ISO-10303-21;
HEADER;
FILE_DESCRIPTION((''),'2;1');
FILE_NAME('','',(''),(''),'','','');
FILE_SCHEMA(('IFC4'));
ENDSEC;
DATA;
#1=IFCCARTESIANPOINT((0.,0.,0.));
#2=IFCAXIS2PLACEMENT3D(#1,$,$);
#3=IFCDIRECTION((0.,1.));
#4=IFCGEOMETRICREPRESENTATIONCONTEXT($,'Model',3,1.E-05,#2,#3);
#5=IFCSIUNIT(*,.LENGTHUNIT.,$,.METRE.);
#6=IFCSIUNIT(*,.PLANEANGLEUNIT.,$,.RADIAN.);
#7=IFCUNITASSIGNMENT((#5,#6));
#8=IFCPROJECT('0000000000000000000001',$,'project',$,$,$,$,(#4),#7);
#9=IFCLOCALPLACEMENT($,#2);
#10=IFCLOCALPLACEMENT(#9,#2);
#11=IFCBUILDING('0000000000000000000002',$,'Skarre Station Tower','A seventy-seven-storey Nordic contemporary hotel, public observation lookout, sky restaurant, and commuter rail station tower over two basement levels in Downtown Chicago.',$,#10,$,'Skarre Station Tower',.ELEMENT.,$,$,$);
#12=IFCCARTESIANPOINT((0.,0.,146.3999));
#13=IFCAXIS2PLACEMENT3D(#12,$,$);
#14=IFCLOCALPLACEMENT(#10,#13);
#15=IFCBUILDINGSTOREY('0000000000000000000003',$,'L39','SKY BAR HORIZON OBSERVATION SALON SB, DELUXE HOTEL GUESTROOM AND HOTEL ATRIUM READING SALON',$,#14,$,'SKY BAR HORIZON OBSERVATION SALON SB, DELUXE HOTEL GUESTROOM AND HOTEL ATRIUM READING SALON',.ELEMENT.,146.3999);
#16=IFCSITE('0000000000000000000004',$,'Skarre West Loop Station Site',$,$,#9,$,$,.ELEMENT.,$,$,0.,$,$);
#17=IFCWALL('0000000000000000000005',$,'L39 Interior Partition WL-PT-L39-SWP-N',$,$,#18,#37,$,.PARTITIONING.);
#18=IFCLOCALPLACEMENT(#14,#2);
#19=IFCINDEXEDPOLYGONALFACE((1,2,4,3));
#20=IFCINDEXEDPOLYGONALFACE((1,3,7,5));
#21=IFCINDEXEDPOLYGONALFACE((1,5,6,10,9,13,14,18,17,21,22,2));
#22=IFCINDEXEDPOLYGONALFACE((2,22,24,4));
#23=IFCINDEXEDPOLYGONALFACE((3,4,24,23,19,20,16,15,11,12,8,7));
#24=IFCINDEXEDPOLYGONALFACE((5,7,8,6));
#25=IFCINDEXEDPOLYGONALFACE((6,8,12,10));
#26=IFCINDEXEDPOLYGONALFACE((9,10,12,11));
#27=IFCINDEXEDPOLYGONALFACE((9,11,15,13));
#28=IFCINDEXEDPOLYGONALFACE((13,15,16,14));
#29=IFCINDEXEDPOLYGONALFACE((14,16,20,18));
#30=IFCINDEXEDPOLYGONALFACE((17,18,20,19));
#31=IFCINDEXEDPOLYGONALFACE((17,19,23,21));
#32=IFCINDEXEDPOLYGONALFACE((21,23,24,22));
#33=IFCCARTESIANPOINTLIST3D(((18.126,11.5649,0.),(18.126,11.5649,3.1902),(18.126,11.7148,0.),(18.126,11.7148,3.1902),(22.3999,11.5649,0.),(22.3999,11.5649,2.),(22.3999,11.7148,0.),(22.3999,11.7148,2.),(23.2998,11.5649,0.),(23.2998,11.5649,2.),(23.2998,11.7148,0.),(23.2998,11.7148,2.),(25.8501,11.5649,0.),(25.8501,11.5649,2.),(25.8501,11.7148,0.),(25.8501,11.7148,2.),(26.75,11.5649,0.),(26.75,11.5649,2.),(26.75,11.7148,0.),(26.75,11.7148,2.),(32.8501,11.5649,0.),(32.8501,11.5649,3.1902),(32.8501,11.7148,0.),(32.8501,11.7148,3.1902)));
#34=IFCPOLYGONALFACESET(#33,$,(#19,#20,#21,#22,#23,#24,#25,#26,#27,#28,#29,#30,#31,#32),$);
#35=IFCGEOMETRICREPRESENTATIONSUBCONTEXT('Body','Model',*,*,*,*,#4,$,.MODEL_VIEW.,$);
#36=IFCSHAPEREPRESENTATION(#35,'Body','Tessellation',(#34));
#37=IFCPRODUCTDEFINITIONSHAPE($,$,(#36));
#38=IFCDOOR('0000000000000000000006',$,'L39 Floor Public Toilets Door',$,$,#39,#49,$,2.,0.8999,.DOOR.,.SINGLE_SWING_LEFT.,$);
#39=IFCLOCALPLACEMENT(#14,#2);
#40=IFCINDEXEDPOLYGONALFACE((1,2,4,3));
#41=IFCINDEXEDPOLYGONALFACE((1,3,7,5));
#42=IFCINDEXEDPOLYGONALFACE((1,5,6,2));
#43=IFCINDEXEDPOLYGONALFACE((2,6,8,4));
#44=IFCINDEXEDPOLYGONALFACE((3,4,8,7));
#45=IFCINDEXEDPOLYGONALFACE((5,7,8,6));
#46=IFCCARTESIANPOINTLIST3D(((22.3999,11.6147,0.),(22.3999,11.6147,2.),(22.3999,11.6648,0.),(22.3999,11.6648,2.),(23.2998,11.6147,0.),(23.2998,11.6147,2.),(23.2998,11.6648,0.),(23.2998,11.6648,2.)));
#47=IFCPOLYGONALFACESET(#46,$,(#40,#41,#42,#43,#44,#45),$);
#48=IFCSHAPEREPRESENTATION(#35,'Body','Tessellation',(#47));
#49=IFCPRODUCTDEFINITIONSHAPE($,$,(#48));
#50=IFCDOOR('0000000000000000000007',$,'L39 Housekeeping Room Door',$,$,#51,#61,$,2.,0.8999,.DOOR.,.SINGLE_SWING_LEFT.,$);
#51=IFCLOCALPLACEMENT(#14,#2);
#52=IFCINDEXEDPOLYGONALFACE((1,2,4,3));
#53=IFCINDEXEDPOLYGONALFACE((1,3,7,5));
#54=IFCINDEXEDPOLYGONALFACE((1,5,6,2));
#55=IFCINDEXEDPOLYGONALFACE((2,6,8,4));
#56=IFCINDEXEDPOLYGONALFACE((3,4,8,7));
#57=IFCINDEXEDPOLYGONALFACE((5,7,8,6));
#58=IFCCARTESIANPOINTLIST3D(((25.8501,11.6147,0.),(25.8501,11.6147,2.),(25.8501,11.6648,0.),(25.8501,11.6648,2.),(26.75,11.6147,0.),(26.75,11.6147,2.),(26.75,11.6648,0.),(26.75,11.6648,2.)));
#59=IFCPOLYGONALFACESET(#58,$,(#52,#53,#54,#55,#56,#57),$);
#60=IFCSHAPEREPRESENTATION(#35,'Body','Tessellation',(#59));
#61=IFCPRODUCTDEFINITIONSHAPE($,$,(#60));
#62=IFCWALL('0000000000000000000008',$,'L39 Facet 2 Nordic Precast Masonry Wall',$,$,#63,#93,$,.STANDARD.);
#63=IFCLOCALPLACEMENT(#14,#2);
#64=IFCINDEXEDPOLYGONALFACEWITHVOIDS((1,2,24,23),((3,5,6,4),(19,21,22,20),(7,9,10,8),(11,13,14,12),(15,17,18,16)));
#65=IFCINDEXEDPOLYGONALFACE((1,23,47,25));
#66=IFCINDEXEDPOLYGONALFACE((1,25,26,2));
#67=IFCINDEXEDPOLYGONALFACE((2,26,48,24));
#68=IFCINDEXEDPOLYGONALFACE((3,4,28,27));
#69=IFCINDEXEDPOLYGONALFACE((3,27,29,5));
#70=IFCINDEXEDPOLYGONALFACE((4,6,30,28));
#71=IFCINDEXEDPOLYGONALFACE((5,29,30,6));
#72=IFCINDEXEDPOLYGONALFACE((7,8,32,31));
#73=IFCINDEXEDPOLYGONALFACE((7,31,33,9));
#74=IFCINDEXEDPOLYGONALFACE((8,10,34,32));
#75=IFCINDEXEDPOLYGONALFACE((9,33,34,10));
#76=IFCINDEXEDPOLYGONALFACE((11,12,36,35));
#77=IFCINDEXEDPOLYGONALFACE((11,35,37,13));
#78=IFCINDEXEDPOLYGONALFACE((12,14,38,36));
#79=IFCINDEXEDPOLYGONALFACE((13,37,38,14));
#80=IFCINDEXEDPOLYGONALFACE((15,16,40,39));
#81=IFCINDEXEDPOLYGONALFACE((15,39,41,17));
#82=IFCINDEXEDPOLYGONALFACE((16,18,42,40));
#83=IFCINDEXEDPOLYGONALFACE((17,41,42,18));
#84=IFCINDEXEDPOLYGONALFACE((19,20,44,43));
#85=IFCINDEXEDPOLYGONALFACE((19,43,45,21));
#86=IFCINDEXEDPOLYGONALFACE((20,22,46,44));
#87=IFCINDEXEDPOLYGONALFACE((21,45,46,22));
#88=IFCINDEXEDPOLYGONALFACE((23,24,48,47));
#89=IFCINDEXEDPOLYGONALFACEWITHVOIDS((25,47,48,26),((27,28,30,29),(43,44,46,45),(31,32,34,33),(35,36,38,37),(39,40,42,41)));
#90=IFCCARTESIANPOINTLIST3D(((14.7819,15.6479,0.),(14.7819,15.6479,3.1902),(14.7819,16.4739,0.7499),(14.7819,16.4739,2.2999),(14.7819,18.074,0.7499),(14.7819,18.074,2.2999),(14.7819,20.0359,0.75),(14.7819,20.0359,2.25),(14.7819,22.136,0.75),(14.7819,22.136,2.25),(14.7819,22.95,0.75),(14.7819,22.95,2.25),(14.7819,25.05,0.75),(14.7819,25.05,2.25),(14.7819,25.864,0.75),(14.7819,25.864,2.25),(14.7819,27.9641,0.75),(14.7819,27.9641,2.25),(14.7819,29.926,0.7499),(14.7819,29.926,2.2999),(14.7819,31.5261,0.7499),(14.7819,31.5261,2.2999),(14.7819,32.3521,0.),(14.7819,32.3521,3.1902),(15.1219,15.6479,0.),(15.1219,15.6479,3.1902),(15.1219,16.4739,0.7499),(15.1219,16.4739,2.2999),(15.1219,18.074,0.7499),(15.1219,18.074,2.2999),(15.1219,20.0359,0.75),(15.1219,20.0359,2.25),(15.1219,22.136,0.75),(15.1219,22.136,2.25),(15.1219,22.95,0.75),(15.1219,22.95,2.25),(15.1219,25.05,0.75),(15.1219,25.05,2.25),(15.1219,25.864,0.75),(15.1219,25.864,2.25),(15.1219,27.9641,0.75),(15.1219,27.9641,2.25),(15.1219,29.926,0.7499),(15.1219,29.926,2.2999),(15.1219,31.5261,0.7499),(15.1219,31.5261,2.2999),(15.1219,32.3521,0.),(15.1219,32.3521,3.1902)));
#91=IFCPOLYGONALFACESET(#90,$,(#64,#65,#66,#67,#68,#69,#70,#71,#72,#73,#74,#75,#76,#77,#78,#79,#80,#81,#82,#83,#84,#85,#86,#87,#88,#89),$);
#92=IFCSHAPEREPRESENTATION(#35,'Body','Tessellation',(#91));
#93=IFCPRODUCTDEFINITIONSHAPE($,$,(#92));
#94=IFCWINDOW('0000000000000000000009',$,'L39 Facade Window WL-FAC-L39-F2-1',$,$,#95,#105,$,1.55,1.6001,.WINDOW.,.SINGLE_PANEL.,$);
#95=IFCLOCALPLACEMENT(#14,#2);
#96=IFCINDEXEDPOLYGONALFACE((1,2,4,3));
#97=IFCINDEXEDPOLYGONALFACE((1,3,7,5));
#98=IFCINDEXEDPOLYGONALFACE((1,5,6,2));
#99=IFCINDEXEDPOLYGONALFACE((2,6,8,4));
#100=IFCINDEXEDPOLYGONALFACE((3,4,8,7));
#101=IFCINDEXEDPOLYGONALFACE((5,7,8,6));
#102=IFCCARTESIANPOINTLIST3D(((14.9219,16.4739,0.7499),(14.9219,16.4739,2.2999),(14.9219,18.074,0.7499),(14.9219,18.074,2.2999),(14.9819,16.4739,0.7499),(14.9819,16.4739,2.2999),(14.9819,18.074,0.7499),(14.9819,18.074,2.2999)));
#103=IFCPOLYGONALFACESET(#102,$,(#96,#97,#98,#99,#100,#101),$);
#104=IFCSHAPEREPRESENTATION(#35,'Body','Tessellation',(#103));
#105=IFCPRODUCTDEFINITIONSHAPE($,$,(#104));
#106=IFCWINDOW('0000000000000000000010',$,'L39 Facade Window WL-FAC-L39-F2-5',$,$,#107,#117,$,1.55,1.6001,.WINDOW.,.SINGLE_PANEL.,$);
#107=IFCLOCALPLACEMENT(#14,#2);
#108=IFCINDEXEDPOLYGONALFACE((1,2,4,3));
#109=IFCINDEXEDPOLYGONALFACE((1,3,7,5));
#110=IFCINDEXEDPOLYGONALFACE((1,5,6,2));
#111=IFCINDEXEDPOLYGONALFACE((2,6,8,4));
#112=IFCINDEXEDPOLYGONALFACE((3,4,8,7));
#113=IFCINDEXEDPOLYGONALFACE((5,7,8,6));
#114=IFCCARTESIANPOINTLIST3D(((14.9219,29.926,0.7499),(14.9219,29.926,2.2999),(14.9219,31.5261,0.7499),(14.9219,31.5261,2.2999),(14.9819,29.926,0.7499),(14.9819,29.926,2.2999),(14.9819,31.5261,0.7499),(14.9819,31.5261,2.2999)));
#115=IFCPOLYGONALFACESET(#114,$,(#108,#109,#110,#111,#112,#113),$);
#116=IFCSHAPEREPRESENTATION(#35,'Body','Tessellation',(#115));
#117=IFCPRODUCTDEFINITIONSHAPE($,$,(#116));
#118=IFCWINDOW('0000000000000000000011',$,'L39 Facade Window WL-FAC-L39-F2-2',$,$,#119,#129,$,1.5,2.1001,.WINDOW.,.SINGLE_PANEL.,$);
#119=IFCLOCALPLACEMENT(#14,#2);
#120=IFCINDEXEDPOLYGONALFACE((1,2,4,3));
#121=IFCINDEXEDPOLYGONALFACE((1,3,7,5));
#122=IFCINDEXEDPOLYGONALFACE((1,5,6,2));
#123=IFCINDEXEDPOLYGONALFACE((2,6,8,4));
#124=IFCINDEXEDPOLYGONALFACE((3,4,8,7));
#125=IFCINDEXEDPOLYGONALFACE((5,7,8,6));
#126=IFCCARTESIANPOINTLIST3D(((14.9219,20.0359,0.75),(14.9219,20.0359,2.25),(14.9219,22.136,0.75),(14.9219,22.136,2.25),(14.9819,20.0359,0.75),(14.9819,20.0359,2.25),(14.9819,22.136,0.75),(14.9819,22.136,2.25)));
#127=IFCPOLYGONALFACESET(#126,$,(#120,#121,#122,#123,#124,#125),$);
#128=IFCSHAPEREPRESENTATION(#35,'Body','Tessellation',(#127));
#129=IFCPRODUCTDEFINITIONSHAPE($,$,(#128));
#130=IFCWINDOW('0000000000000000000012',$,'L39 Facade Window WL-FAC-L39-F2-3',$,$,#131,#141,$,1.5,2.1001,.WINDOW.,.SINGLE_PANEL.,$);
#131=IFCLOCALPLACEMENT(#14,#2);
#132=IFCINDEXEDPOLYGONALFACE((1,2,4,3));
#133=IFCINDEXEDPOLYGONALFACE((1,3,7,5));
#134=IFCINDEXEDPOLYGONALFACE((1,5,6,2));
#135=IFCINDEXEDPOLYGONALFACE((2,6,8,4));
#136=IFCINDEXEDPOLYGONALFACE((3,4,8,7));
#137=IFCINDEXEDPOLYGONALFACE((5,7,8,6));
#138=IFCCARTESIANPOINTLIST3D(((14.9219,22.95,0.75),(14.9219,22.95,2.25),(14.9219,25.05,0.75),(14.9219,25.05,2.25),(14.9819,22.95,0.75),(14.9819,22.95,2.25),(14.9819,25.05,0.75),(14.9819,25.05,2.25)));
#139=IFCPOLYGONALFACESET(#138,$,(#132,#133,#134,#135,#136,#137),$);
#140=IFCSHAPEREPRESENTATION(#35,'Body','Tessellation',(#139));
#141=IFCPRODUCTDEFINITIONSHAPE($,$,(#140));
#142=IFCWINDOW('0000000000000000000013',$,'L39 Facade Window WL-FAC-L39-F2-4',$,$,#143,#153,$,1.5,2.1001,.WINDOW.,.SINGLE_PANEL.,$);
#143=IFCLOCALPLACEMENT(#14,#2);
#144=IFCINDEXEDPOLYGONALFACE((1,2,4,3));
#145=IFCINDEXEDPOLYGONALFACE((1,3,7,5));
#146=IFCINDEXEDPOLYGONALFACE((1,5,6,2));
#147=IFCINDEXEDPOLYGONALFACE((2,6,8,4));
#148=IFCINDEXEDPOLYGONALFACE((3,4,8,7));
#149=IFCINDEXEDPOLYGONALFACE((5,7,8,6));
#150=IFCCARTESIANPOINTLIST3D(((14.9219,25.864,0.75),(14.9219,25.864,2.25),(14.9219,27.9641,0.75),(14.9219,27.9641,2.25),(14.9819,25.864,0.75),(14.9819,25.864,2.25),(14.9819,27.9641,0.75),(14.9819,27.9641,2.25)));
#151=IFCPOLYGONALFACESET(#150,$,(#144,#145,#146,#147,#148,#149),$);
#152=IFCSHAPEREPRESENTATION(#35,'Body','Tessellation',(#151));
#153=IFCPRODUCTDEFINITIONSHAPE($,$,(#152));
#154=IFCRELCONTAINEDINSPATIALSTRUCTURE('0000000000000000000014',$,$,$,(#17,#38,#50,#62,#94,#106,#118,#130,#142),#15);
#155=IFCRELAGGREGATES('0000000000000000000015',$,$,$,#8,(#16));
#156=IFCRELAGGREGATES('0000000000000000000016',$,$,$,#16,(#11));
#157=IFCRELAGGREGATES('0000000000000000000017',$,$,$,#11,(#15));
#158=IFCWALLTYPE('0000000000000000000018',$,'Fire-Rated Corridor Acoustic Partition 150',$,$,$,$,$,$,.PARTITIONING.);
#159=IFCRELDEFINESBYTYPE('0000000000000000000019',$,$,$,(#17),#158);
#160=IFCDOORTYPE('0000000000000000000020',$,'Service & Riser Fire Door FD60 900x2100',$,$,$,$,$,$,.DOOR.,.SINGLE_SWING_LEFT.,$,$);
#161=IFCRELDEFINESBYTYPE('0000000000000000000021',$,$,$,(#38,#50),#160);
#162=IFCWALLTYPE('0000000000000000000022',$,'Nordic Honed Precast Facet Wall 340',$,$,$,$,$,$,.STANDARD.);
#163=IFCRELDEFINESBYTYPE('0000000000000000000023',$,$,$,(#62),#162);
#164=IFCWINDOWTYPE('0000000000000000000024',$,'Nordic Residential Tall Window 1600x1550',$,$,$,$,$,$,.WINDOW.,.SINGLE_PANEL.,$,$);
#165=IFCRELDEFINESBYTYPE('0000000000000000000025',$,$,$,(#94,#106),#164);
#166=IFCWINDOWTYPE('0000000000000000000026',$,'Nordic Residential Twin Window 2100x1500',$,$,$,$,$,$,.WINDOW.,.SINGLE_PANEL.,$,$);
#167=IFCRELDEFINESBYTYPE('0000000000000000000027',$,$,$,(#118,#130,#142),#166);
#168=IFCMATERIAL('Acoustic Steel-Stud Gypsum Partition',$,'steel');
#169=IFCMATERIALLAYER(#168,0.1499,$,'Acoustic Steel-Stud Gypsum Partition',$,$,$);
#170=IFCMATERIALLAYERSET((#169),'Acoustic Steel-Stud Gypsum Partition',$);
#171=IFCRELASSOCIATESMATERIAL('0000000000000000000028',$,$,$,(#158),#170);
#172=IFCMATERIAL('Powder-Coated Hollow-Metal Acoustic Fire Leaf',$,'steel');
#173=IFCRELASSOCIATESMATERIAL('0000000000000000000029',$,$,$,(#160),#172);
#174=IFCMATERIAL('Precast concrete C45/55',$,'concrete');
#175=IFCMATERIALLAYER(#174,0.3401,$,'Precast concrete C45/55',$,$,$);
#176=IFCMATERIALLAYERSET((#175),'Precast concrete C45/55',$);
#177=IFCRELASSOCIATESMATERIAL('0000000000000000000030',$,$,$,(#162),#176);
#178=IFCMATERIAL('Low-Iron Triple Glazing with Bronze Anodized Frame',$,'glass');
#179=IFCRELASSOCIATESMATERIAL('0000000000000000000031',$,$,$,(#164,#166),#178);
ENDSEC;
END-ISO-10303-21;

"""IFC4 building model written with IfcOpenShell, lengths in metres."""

from ifc_helpers import new_model, si_unit, direction, frame, frame_2d, origin, place, context, subcontext, project, spatial, rectangle, extrude, material, layer, layer_set, type_object, element, fill, save


model = new_model("IFC4")

# Units and contexts
model_context = context("Model", 3, precision=1e-05, world=origin(), true_north=direction((0.0, 1.0)))
body_context = subcontext(model_context, "Body", "Model", "MODEL_VIEW")
ifc_project = project(units=[si_unit("LENGTHUNIT", "METRE"), si_unit("PLANEANGLEUNIT", "RADIAN")], contexts=[model_context])

# Site, building, storey
site_placement = place(None, origin())
site = spatial("IfcSite", under=ifc_project, at=site_placement, Name="Skarre West Loop Station Site", CompositionType="ELEMENT", RefElevation=0.0)
building_placement = place(site_placement, origin())
building = spatial("IfcBuilding", under=site, at=building_placement, Name="Skarre Station Tower", Description="A seventy-seven-storey Nordic contemporary hotel, public observation lookout, sky restaurant, and commuter rail station tower over two basement levels in Downtown Chicago.", LongName="Skarre Station Tower", CompositionType="ELEMENT")
storey_placement = place(building_placement, frame((0.0, 0.0, 146.3999)))
storey = spatial("IfcBuildingStorey", under=building, at=storey_placement, Name="L39", Description="SKY BAR HORIZON OBSERVATION SALON SB, DELUXE HOTEL GUESTROOM AND HOTEL ATRIUM READING SALON", LongName="SKY BAR HORIZON OBSERVATION SALON SB, DELUXE HOTEL GUESTROOM AND HOTEL ATRIUM READING SALON", CompositionType="ELEMENT", Elevation=146.3999)

# Shared definitions
ifc_material_1 = material(Name="Acoustic Steel-Stud Gypsum Partition", Category="steel")
ifc_layer_1 = layer(ifc_material_1, 0.1499, Name="Acoustic Steel-Stud Gypsum Partition")
ifc_layer_set_1 = layer_set([ifc_layer_1], Name="Acoustic Steel-Stud Gypsum Partition")
wall_type_1 = type_object("IfcWallType", Name="Fire-Rated Corridor Acoustic Partition 150", PredefinedType="PARTITIONING", material=ifc_layer_set_1)

# Shared definitions
ifc_material_2 = material(Name="Powder-Coated Hollow-Metal Acoustic Fire Leaf", Category="steel")

# Wall, openings, doors
wall_1_placement = place(storey_placement, frame((18.126, 11.6399, 0.0), z_axis=(0.0, 0.0, 1.0), x_axis=(1.0, 0.0, 0.0)))
wall_1 = element("IfcWall", 1, at=wall_1_placement, inside=storey, type_object=wall_type_1, Name="L39 Interior Partition WL-PT-L39-SWP-N", PredefinedType="PARTITIONING", context=body_context, shape_type="SweptSolid", body=[
    extrude(rectangle(XDim=14.7241, YDim=0.1499, at=frame_2d((7.3621, 0.0))), origin(), (0.0, 0.0, 1.0), 3.1902),
])
opening_1_placement = place(wall_1_placement, frame((4.2739, 0.0, 0.0)))
opening_1 = element("IfcOpeningElement", 2, at=opening_1_placement, cuts=wall_1, PredefinedType="OPENING", context=body_context, shape_type="SweptSolid", body=[
    extrude(rectangle(XDim=0.8999, YDim=2.0, at=frame_2d((0.45, 1.0))), frame((0.0, 0.085, 0.0), z_axis=(0.0, -1.0, 0.0), x_axis=(1.0, 0.0, 0.0)), (0.0, 0.0, 1.0), 0.1699),
])
opening_2_placement = place(wall_1_placement, frame((7.7241, 0.0, 0.0)))
opening_2 = element("IfcOpeningElement", 3, at=opening_2_placement, cuts=wall_1, PredefinedType="OPENING", context=body_context, shape_type="SweptSolid", body=[
    extrude(rectangle(XDim=0.8999, YDim=2.0, at=frame_2d((0.45, 1.0))), frame((0.0, 0.085, 0.0), z_axis=(0.0, -1.0, 0.0), x_axis=(1.0, 0.0, 0.0)), (0.0, 0.0, 1.0), 0.1699),
])
door_type_1 = type_object("IfcDoorType", Name="Service & Riser Fire Door FD60 900x2100", OperationType="SINGLE_SWING_LEFT", PredefinedType="DOOR", material=ifc_material_2)
door_1_placement = place(opening_1_placement, origin())
door_1 = element("IfcDoor", 4, at=door_1_placement, inside=storey, type_object=door_type_1, Name="L39 Floor Public Toilets Door", OperationType="SINGLE_SWING_LEFT", OverallHeight=2.0, OverallWidth=0.8999, PredefinedType="DOOR", context=body_context, shape_type="SweptSolid", body=[
    extrude(rectangle(XDim=0.8999, YDim=2.0, at=frame_2d((0.45, 1.0))), frame((0.0, 0.0249, 0.0), z_axis=(0.0, -1.0, 0.0), x_axis=(1.0, 0.0, 0.0)), (0.0, 0.0, 1.0), 0.05),
])
fill(opening_1, door_1)
door_2_placement = place(opening_2_placement, origin())
door_2 = element("IfcDoor", 5, at=door_2_placement, inside=storey, type_object=door_type_1, Name="L39 Housekeeping Room Door", OperationType="SINGLE_SWING_LEFT", OverallHeight=2.0, OverallWidth=0.8999, PredefinedType="DOOR", context=body_context, shape_type="SweptSolid", body=[
    extrude(rectangle(XDim=0.8999, YDim=2.0, at=frame_2d((0.45, 1.0))), frame((0.0, 0.0249, 0.0), z_axis=(0.0, -1.0, 0.0), x_axis=(1.0, 0.0, 0.0)), (0.0, 0.0, 1.0), 0.05),
])
fill(opening_2, door_2)

# Wall, openings, windows
ifc_material_3 = material(Name="Precast concrete C45/55", Category="concrete")
ifc_layer_2 = layer(ifc_material_3, 0.3401, Name="Precast concrete C45/55")
ifc_layer_set_2 = layer_set([ifc_layer_2], Name="Precast concrete C45/55")
wall_type_2 = type_object("IfcWallType", Name="Nordic Honed Precast Facet Wall 340", PredefinedType="STANDARD", material=ifc_layer_set_2)
wall_2_placement = place(storey_placement, frame((14.9519, 15.6479, 0.0), z_axis=(0.0, 0.0, 1.0), x_axis=(0.0, 1.0, 0.0)))
wall_2 = element("IfcWall", 6, at=wall_2_placement, inside=storey, type_object=wall_type_2, Name="L39 Facet 2 Nordic Precast Masonry Wall", PredefinedType="STANDARD", context=body_context, shape_type="SweptSolid", body=[
    extrude(rectangle(XDim=16.7041, YDim=0.3401, at=frame_2d((8.3521, 0.0))), origin(), (0.0, 0.0, 1.0), 3.1902),
])
opening_3_placement = place(wall_2_placement, frame((0.8259, 0.0, 0.75)))
opening_3 = element("IfcOpeningElement", 7, at=opening_3_placement, cuts=wall_2, PredefinedType="OPENING", context=body_context, shape_type="SweptSolid", body=[
    extrude(rectangle(XDim=1.6001, YDim=1.55, at=frame_2d((0.8, 0.7749))), frame((0.0, 0.1799, 0.0), z_axis=(0.0, -1.0, 0.0), x_axis=(1.0, 0.0, 0.0)), (0.0, 0.0, 1.0), 0.3601),
])
opening_4_placement = place(wall_2_placement, frame((4.3879, 0.0, 0.75)))
opening_4 = element("IfcOpeningElement", 8, at=opening_4_placement, cuts=wall_2, PredefinedType="OPENING", context=body_context, shape_type="SweptSolid", body=[
    extrude(rectangle(XDim=2.1001, YDim=1.5, at=frame_2d((1.05, 0.75))), frame((0.0, 0.1799, 0.0), z_axis=(0.0, -1.0, 0.0), x_axis=(1.0, 0.0, 0.0)), (0.0, 0.0, 1.0), 0.3601),
])
opening_5_placement = place(wall_2_placement, frame((7.302, 0.0, 0.75)))
opening_5 = element("IfcOpeningElement", 9, at=opening_5_placement, cuts=wall_2, PredefinedType="OPENING", context=body_context, shape_type="SweptSolid", body=[
    extrude(rectangle(XDim=2.1001, YDim=1.5, at=frame_2d((1.05, 0.75))), frame((0.0, 0.1799, 0.0), z_axis=(0.0, -1.0, 0.0), x_axis=(1.0, 0.0, 0.0)), (0.0, 0.0, 1.0), 0.3601),
])
opening_6_placement = place(wall_2_placement, frame((10.2161, 0.0, 0.75)))
opening_6 = element("IfcOpeningElement", 10, at=opening_6_placement, cuts=wall_2, PredefinedType="OPENING", context=body_context, shape_type="SweptSolid", body=[
    extrude(rectangle(XDim=2.1001, YDim=1.5, at=frame_2d((1.05, 0.75))), frame((0.0, 0.1799, 0.0), z_axis=(0.0, -1.0, 0.0), x_axis=(1.0, 0.0, 0.0)), (0.0, 0.0, 1.0), 0.3601),
])
opening_7_placement = place(wall_2_placement, frame((14.2781, 0.0, 0.75)))
opening_7 = element("IfcOpeningElement", 11, at=opening_7_placement, cuts=wall_2, PredefinedType="OPENING", context=body_context, shape_type="SweptSolid", body=[
    extrude(rectangle(XDim=1.6001, YDim=1.55, at=frame_2d((0.8, 0.7749))), frame((0.0, 0.1799, 0.0), z_axis=(0.0, -1.0, 0.0), x_axis=(1.0, 0.0, 0.0)), (0.0, 0.0, 1.0), 0.3601),
])
ifc_material_4 = material(Name="Low-Iron Triple Glazing with Bronze Anodized Frame", Category="glass")
window_type_1 = type_object("IfcWindowType", Name="Nordic Residential Tall Window 1600x1550", PartitioningType="SINGLE_PANEL", PredefinedType="WINDOW", material=ifc_material_4)
window_1_placement = place(opening_3_placement, origin())
window_1 = element("IfcWindow", 12, at=window_1_placement, inside=storey, type_object=window_type_1, Name="L39 Facade Window WL-FAC-L39-F2-1", OverallHeight=1.55, OverallWidth=1.6001, PartitioningType="SINGLE_PANEL", PredefinedType="WINDOW", context=body_context, shape_type="SweptSolid", body=[
    extrude(rectangle(XDim=1.6001, YDim=1.55, at=frame_2d((0.8, 0.7749))), frame((0.0, 0.03, 0.0), z_axis=(0.0, -1.0, 0.0), x_axis=(1.0, 0.0, 0.0)), (0.0, 0.0, 1.0), 0.0601),
])
fill(opening_3, window_1)
window_2_placement = place(opening_7_placement, origin())
window_2 = element("IfcWindow", 13, at=window_2_placement, inside=storey, type_object=window_type_1, Name="L39 Facade Window WL-FAC-L39-F2-5", OverallHeight=1.55, OverallWidth=1.6001, PartitioningType="SINGLE_PANEL", PredefinedType="WINDOW", context=body_context, shape_type="SweptSolid", body=[
    extrude(rectangle(XDim=1.6001, YDim=1.55, at=frame_2d((0.8, 0.7749))), frame((0.0, 0.03, 0.0), z_axis=(0.0, -1.0, 0.0), x_axis=(1.0, 0.0, 0.0)), (0.0, 0.0, 1.0), 0.0601),
])
fill(opening_7, window_2)
window_type_2 = type_object("IfcWindowType", Name="Nordic Residential Twin Window 2100x1500", PartitioningType="SINGLE_PANEL", PredefinedType="WINDOW", material=ifc_material_4)
window_3_placement = place(opening_4_placement, origin())
window_3 = element("IfcWindow", 14, at=window_3_placement, inside=storey, type_object=window_type_2, Name="L39 Facade Window WL-FAC-L39-F2-2", OverallHeight=1.5, OverallWidth=2.1001, PartitioningType="SINGLE_PANEL", PredefinedType="WINDOW", context=body_context, shape_type="SweptSolid", body=[
    extrude(rectangle(XDim=2.1001, YDim=1.5, at=frame_2d((1.05, 0.75))), frame((0.0, 0.03, 0.0), z_axis=(0.0, -1.0, 0.0), x_axis=(1.0, 0.0, 0.0)), (0.0, 0.0, 1.0), 0.0601),
])
fill(opening_4, window_3)
window_4_placement = place(opening_5_placement, origin())
window_4 = element("IfcWindow", 15, at=window_4_placement, inside=storey, type_object=window_type_2, Name="L39 Facade Window WL-FAC-L39-F2-3", OverallHeight=1.5, OverallWidth=2.1001, PartitioningType="SINGLE_PANEL", PredefinedType="WINDOW", context=body_context, shape_type="SweptSolid", body=[
    extrude(rectangle(XDim=2.1001, YDim=1.5, at=frame_2d((1.05, 0.75))), frame((0.0, 0.03, 0.0), z_axis=(0.0, -1.0, 0.0), x_axis=(1.0, 0.0, 0.0)), (0.0, 0.0, 1.0), 0.0601),
])
fill(opening_5, window_4)
window_5_placement = place(opening_6_placement, origin())
window_5 = element("IfcWindow", 16, at=window_5_placement, inside=storey, type_object=window_type_2, Name="L39 Facade Window WL-FAC-L39-F2-4", OverallHeight=1.5, OverallWidth=2.1001, PartitioningType="SINGLE_PANEL", PredefinedType="WINDOW", context=body_context, shape_type="SweptSolid", body=[
    extrude(rectangle(XDim=2.1001, YDim=1.5, at=frame_2d((1.05, 0.75))), frame((0.0, 0.03, 0.0), z_axis=(0.0, -1.0, 0.0), x_axis=(1.0, 0.0, 0.0)), (0.0, 0.0, 1.0), 0.0601),
])
fill(opening_6, window_5)

save(model, "model.ifc")
